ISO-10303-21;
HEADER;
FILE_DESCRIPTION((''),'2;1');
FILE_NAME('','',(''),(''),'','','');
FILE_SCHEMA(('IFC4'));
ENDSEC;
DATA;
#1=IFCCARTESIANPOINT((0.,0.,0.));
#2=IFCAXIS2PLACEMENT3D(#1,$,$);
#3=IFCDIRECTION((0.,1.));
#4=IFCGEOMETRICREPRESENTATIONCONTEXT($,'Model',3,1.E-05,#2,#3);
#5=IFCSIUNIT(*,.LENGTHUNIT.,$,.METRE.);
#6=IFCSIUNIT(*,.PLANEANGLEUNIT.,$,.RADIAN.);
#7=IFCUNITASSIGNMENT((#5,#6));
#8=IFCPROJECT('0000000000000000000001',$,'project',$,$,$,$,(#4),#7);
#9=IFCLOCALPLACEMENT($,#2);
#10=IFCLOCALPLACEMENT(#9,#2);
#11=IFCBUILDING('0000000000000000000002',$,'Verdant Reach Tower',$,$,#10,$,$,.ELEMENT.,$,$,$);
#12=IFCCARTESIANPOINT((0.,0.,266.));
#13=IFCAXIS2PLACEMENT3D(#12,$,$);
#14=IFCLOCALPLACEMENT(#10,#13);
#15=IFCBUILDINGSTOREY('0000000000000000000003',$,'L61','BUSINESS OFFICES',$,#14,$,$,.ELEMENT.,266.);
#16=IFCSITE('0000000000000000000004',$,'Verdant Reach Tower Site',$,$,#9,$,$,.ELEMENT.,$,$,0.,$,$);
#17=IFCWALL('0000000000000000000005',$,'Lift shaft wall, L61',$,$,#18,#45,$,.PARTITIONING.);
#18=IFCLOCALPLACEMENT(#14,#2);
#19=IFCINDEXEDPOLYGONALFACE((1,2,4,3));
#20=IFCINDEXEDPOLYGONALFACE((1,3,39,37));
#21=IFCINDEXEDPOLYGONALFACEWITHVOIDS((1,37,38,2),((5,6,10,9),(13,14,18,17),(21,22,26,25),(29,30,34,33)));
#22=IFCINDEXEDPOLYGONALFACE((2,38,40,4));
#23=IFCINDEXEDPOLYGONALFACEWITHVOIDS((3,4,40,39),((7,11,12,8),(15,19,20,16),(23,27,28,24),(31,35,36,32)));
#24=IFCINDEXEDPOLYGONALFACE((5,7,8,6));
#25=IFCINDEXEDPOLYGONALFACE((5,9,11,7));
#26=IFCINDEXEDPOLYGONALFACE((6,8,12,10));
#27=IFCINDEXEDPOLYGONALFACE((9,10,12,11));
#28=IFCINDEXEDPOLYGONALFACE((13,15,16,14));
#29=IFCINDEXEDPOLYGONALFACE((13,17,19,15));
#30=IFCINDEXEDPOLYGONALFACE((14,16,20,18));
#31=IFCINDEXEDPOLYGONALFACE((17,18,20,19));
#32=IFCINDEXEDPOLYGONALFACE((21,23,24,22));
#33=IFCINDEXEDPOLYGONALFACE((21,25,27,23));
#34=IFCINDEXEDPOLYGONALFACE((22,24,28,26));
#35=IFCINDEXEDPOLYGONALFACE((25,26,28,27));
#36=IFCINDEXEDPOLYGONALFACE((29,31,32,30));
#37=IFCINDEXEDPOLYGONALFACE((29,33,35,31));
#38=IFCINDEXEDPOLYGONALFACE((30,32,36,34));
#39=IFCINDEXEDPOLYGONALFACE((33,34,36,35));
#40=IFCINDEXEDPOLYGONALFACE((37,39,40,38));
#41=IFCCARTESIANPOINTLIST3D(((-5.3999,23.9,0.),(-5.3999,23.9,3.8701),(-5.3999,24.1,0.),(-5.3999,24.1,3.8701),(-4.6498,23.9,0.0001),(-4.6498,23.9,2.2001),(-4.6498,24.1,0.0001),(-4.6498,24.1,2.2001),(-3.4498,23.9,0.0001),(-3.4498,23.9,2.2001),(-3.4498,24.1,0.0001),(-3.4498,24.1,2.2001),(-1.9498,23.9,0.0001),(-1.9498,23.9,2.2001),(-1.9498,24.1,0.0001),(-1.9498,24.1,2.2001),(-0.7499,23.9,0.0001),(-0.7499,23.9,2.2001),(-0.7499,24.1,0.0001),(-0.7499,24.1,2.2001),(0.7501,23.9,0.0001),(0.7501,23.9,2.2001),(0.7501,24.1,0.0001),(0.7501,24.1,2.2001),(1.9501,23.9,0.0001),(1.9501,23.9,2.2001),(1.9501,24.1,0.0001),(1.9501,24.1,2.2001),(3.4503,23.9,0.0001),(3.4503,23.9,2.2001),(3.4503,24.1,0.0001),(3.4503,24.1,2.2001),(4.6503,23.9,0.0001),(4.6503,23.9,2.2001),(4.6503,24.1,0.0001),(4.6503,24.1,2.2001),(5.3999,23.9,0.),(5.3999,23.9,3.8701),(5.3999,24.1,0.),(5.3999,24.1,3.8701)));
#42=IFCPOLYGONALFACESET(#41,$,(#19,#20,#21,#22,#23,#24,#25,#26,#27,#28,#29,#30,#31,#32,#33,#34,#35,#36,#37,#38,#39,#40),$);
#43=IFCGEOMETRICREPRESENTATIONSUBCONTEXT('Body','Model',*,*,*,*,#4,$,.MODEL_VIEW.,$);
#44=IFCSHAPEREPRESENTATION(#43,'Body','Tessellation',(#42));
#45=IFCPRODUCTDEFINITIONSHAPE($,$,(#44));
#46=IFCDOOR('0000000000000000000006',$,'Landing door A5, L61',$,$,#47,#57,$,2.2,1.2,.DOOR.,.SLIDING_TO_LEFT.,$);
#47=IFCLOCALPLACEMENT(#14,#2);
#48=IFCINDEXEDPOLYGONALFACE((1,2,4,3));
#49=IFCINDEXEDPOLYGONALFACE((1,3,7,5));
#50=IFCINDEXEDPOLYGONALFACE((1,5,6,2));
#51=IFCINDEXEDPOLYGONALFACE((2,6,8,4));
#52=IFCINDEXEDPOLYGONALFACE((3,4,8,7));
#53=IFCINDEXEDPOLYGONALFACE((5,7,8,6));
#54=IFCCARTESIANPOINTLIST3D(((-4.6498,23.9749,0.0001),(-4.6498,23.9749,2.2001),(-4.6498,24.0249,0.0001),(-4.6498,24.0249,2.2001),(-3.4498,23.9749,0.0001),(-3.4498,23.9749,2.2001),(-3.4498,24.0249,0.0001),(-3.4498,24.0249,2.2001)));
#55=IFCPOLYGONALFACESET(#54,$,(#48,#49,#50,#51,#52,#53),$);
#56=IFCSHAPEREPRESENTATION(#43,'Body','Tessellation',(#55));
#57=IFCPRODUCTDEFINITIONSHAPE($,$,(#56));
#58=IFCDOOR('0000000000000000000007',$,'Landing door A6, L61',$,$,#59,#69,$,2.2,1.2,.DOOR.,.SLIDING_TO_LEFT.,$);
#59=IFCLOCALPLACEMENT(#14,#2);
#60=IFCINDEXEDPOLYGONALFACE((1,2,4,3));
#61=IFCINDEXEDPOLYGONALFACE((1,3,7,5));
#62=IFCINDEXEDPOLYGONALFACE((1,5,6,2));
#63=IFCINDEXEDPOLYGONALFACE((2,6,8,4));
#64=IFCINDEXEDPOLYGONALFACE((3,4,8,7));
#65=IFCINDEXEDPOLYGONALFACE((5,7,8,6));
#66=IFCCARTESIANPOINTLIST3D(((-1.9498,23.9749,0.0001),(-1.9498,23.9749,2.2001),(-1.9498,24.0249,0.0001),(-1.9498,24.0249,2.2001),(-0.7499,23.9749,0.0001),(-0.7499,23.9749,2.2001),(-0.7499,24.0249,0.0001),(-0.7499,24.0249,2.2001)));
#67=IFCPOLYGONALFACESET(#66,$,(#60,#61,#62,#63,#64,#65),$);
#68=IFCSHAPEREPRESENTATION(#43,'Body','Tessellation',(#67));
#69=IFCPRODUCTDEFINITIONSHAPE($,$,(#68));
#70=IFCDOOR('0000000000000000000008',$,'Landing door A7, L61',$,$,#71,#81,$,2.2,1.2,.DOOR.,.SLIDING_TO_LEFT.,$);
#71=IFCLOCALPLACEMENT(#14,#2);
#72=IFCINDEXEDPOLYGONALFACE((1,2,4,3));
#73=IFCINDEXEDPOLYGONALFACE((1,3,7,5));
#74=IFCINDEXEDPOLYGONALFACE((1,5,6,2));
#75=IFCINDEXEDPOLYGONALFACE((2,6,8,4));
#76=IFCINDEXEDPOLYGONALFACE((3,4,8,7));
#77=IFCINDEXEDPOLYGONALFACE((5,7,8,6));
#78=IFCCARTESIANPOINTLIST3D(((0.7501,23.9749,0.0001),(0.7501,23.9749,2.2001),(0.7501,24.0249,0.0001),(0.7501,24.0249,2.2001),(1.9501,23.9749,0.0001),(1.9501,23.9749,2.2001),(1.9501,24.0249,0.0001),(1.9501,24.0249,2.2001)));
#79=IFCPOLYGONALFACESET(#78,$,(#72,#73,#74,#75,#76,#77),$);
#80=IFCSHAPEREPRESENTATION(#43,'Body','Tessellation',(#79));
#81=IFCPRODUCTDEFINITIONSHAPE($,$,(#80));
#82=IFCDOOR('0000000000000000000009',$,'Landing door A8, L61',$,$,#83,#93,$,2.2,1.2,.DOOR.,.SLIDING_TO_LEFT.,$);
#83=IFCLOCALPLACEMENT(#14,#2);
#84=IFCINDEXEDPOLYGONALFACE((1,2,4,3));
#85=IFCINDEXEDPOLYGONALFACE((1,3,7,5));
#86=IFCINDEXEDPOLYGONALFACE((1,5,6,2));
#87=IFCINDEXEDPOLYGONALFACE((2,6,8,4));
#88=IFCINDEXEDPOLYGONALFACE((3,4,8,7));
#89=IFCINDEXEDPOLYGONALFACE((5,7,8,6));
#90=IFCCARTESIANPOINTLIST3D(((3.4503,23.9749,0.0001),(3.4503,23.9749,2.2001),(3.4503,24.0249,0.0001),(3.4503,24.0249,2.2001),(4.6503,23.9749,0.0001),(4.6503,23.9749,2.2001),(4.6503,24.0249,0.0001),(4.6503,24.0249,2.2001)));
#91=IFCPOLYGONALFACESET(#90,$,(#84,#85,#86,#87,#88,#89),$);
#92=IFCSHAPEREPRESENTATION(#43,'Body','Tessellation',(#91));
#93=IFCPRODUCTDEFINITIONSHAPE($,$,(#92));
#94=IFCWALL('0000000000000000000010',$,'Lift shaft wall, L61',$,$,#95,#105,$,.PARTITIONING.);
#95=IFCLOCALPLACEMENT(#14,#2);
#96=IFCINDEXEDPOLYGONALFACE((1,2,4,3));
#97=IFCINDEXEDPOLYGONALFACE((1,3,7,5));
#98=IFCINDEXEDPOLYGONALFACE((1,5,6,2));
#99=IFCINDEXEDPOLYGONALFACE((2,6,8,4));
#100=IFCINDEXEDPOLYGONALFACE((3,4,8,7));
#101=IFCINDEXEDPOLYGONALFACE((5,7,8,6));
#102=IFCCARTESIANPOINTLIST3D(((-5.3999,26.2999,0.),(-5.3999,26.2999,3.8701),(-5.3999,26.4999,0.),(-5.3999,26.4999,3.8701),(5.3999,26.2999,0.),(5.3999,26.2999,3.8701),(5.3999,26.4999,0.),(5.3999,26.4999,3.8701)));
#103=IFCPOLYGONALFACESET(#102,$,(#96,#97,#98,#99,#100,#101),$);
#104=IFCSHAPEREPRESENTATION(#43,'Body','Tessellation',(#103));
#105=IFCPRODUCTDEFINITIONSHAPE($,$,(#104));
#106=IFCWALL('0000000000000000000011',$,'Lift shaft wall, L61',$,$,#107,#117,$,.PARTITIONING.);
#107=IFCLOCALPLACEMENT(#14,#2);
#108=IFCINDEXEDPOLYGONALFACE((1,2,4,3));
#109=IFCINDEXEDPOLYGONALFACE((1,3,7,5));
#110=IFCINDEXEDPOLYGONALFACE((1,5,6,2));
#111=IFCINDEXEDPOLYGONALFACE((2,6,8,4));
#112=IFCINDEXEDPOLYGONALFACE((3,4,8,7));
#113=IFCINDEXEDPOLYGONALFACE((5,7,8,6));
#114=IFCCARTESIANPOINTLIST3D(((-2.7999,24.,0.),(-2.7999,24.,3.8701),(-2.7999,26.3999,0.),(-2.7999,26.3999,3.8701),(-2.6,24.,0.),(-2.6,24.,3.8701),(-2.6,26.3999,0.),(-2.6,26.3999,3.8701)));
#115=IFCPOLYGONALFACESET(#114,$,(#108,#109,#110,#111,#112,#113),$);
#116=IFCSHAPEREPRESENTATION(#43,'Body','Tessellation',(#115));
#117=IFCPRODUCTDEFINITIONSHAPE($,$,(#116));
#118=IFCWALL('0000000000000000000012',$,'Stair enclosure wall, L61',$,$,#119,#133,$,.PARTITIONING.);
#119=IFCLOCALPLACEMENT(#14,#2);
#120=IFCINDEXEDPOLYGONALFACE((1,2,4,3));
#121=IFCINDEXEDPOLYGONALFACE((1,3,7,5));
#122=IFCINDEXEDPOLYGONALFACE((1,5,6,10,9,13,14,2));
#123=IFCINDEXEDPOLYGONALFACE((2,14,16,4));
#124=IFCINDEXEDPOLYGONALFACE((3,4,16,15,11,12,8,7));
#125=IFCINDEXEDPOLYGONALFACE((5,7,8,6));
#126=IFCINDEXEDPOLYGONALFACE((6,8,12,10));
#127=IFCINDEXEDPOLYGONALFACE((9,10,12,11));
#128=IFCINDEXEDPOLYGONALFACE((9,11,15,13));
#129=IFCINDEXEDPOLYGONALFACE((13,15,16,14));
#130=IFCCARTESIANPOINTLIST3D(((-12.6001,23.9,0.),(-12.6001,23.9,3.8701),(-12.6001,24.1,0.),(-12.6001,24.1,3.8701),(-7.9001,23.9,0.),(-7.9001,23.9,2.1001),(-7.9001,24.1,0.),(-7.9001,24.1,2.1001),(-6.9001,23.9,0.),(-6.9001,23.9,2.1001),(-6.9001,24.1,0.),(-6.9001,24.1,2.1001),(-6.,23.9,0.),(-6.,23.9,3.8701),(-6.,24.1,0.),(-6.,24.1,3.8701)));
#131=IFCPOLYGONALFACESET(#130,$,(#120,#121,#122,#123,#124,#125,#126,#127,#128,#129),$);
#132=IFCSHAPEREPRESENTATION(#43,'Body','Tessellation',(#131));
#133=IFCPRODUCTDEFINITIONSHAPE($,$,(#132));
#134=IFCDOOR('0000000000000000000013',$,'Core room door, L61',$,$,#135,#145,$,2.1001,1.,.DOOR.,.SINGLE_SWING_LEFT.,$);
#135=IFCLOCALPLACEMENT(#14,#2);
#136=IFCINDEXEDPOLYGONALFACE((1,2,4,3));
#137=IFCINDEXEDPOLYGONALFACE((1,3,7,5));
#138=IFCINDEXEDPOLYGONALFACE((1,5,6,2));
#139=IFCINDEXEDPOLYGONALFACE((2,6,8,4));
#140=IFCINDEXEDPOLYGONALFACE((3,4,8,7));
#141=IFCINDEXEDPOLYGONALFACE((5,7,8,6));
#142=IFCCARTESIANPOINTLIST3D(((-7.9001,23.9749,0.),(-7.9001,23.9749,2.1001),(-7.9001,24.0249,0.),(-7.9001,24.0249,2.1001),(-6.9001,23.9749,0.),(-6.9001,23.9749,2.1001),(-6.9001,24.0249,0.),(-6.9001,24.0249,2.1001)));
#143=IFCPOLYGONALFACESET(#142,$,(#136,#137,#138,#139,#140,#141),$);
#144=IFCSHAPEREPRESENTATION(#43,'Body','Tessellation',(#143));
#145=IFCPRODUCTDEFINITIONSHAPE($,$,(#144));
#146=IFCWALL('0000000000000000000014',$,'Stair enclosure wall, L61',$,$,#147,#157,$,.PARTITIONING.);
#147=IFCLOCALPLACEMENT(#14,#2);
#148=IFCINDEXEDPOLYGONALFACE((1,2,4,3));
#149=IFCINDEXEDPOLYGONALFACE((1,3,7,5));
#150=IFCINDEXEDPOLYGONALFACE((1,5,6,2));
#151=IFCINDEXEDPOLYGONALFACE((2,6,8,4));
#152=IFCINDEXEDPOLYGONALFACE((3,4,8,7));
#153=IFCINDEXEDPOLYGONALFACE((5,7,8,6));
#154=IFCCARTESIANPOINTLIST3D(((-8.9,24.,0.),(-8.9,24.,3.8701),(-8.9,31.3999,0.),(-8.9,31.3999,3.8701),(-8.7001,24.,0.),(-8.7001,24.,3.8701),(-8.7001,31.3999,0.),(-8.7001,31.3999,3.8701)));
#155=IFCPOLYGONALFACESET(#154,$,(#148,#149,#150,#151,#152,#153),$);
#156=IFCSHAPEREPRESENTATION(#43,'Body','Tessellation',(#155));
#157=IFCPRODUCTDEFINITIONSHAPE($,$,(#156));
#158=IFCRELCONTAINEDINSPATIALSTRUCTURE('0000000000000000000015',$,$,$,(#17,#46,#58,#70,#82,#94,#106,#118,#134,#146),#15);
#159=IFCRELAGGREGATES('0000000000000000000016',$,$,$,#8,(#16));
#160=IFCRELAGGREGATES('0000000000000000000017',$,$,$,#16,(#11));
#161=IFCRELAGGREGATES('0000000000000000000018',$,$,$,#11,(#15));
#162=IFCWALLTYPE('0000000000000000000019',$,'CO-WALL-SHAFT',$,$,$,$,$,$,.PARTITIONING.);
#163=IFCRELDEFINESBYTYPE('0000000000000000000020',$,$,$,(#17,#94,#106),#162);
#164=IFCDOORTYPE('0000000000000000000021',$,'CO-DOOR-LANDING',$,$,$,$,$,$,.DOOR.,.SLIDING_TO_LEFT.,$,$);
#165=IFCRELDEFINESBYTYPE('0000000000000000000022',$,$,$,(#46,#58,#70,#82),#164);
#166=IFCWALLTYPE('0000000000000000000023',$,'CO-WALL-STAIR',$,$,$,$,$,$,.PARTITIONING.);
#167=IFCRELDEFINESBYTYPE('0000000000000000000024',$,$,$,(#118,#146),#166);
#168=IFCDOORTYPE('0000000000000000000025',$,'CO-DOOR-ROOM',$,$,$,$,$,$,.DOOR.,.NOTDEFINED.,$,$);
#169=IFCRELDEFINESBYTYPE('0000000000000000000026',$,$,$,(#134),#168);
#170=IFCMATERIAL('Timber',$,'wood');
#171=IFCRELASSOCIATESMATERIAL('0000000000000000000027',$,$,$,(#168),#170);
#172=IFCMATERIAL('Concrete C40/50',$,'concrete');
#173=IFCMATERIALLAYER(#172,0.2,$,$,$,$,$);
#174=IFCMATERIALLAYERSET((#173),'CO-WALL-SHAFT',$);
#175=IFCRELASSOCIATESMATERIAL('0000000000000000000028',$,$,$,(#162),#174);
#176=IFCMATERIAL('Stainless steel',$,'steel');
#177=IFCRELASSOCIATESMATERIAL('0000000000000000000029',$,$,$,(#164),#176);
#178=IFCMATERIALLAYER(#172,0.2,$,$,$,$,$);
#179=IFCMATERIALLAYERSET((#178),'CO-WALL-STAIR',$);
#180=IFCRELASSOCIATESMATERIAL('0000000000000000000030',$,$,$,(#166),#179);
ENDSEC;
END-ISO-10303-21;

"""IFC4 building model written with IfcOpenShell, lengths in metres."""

from ifc_helpers import new_model, si_unit, direction, frame, frame_2d, origin, place, context, subcontext, project, spatial, rectangle, extrude, material, layer, layer_set, type_object, element, fill, save


model = new_model("IFC4")

# Units and contexts
model_context = context("Model", 3, precision=1e-05, world=origin(), true_north=direction((0.0, 1.0)))
body_context = subcontext(model_context, "Body", "Model", "MODEL_VIEW")
ifc_project = project(units=[si_unit("LENGTHUNIT", "METRE"), si_unit("PLANEANGLEUNIT", "RADIAN")], contexts=[model_context])

# Site, building, storey
site_placement = place(None, origin())
site = spatial("IfcSite", under=ifc_project, at=site_placement, Name="Verdant Reach Tower Site", CompositionType="ELEMENT", RefElevation=0.0)
building_placement = place(site_placement, origin())
building = spatial("IfcBuilding", under=site, at=building_placement, Name="Verdant Reach Tower", CompositionType="ELEMENT")
storey_placement = place(building_placement, frame((0.0, 0.0, 266.0)))
storey = spatial("IfcBuildingStorey", under=building, at=storey_placement, Name="L61", Description="BUSINESS OFFICES", CompositionType="ELEMENT", Elevation=266.0)

# Shared definitions
ifc_material_1 = material(Name="Timber", Category="wood")
door_type_1 = type_object("IfcDoorType", Name="CO-DOOR-ROOM", OperationType="NOTDEFINED", PredefinedType="DOOR", material=ifc_material_1)

# Wall, openings, doors
ifc_material_2 = material(Name="Concrete C40/50", Category="concrete")
ifc_layer_1 = layer(ifc_material_2, 0.2)
ifc_layer_set_1 = layer_set([ifc_layer_1], Name="CO-WALL-SHAFT")
wall_type_1 = type_object("IfcWallType", Name="CO-WALL-SHAFT", PredefinedType="PARTITIONING", material=ifc_layer_set_1)
ifc_material_3 = material(Name="Stainless steel", Category="steel")
door_type_2 = type_object("IfcDoorType", Name="CO-DOOR-LANDING", OperationType="SLIDING_TO_LEFT", PredefinedType="DOOR", material=ifc_material_3)
wall_1_placement = place(storey_placement, frame((-5.3999, 24.0, 0.0), z_axis=(0.0, 0.0, 1.0), x_axis=(1.0, 0.0, 0.0)))
wall_1 = element("IfcWall", 1, at=wall_1_placement, inside=storey, type_object=wall_type_1, Name="Lift shaft wall, L61", PredefinedType="PARTITIONING", context=body_context, shape_type="SweptSolid", body=[
    extrude(rectangle(XDim=10.7998, YDim=0.2, at=frame_2d((5.3999, 0.0))), origin(), (0.0, 0.0, 1.0), 3.8701),
])
opening_1_placement = place(wall_1_placement, frame((0.75, 0.0, 0.0)))
opening_1 = element("IfcOpeningElement", 2, at=opening_1_placement, cuts=wall_1, PredefinedType="OPENING", context=body_context, shape_type="SweptSolid", body=[
    extrude(rectangle(XDim=1.2, YDim=2.2, at=frame_2d((0.6001, 1.1001))), frame((0.0, 0.1099, 0.0), z_axis=(0.0, -1.0, 0.0), x_axis=(1.0, 0.0, 0.0)), (0.0, 0.0, 1.0), 0.22),
])
opening_2_placement = place(wall_1_placement, frame((3.45, 0.0, 0.0)))
opening_2 = element("IfcOpeningElement", 3, at=opening_2_placement, cuts=wall_1, PredefinedType="OPENING", context=body_context, shape_type="SweptSolid", body=[
    extrude(rectangle(XDim=1.2, YDim=2.2, at=frame_2d((0.6001, 1.1001))), frame((0.0, 0.1099, 0.0), z_axis=(0.0, -1.0, 0.0), x_axis=(1.0, 0.0, 0.0)), (0.0, 0.0, 1.0), 0.22),
])
opening_3_placement = place(wall_1_placement, frame((6.1499, 0.0, 0.0)))
opening_3 = element("IfcOpeningElement", 4, at=opening_3_placement, cuts=wall_1, PredefinedType="OPENING", context=body_context, shape_type="SweptSolid", body=[
    extrude(rectangle(XDim=1.2, YDim=2.2, at=frame_2d((0.6001, 1.1001))), frame((0.0, 0.1099, 0.0), z_axis=(0.0, -1.0, 0.0), x_axis=(1.0, 0.0, 0.0)), (0.0, 0.0, 1.0), 0.22),
])
opening_4_placement = place(wall_1_placement, frame((8.8501, 0.0, 0.0)))
opening_4 = element("IfcOpeningElement", 5, at=opening_4_placement, cuts=wall_1, PredefinedType="OPENING", context=body_context, shape_type="SweptSolid", body=[
    extrude(rectangle(XDim=1.2, YDim=2.2, at=frame_2d((0.6001, 1.1001))), frame((0.0, 0.1099, 0.0), z_axis=(0.0, -1.0, 0.0), x_axis=(1.0, 0.0, 0.0)), (0.0, 0.0, 1.0), 0.22),
])
door_1_placement = place(opening_1_placement, origin())
door_1 = element("IfcDoor", 6, at=door_1_placement, inside=storey, type_object=door_type_2, Name="Landing door A5, L61", OperationType="SLIDING_TO_LEFT", OverallHeight=2.2, OverallWidth=1.2, PredefinedType="DOOR", context=body_context, shape_type="SweptSolid", body=[
    extrude(rectangle(XDim=1.2, YDim=2.2, at=frame_2d((0.6001, 1.1001))), frame((0.0, 0.0249, 0.0), z_axis=(0.0, -1.0, 0.0), x_axis=(1.0, 0.0, 0.0)), (0.0, 0.0, 1.0), 0.05),
])
fill(opening_1, door_1)
door_2_placement = place(opening_2_placement, origin())
door_2 = element("IfcDoor", 7, at=door_2_placement, inside=storey, type_object=door_type_2, Name="Landing door A6, L61", OperationType="SLIDING_TO_LEFT", OverallHeight=2.2, OverallWidth=1.2, PredefinedType="DOOR", context=body_context, shape_type="SweptSolid", body=[
    extrude(rectangle(XDim=1.2, YDim=2.2, at=frame_2d((0.6001, 1.1001))), frame((0.0, 0.0249, 0.0), z_axis=(0.0, -1.0, 0.0), x_axis=(1.0, 0.0, 0.0)), (0.0, 0.0, 1.0), 0.05),
])
fill(opening_2, door_2)
door_3_placement = place(opening_3_placement, origin())
door_3 = element("IfcDoor", 8, at=door_3_placement, inside=storey, type_object=door_type_2, Name="Landing door A7, L61", OperationType="SLIDING_TO_LEFT", OverallHeight=2.2, OverallWidth=1.2, PredefinedType="DOOR", context=body_context, shape_type="SweptSolid", body=[
    extrude(rectangle(XDim=1.2, YDim=2.2, at=frame_2d((0.6001, 1.1001))), frame((0.0, 0.0249, 0.0), z_axis=(0.0, -1.0, 0.0), x_axis=(1.0, 0.0, 0.0)), (0.0, 0.0, 1.0), 0.05),
])
fill(opening_3, door_3)
door_4_placement = place(opening_4_placement, origin())
door_4 = element("IfcDoor", 9, at=door_4_placement, inside=storey, type_object=door_type_2, Name="Landing door A8, L61", OperationType="SLIDING_TO_LEFT", OverallHeight=2.2, OverallWidth=1.2, PredefinedType="DOOR", context=body_context, shape_type="SweptSolid", body=[
    extrude(rectangle(XDim=1.2, YDim=2.2, at=frame_2d((0.6001, 1.1001))), frame((0.0, 0.0249, 0.0), z_axis=(0.0, -1.0, 0.0), x_axis=(1.0, 0.0, 0.0)), (0.0, 0.0, 1.0), 0.05),
])
fill(opening_4, door_4)

# Walls
wall_2_placement = place(storey_placement, frame((-5.3999, 26.3999, 0.0), z_axis=(0.0, 0.0, 1.0), x_axis=(1.0, 0.0, 0.0)))
element("IfcWall", 10, at=wall_2_placement, inside=storey, type_object=wall_type_1, Name="Lift shaft wall, L61", PredefinedType="PARTITIONING", context=body_context, shape_type="SweptSolid", body=[
    extrude(rectangle(XDim=10.7998, YDim=0.2, at=frame_2d((5.3999, 0.0))), origin(), (0.0, 0.0, 1.0), 3.8701),
])
wall_3_placement = place(storey_placement, frame((-2.7, 24.0, 0.0), z_axis=(0.0, 0.0, 1.0), x_axis=(0.0, 1.0, 0.0)))
element("IfcWall", 11, at=wall_3_placement, inside=storey, type_object=wall_type_1, Name="Lift shaft wall, L61", PredefinedType="PARTITIONING", context=body_context, shape_type="SweptSolid", body=[
    extrude(rectangle(XDim=2.3999, YDim=0.2, at=frame_2d((1.2, 0.0))), origin(), (0.0, 0.0, 1.0), 3.8701),
])

# Wall, opening, door
ifc_layer_2 = layer(ifc_material_2, 0.2)
ifc_layer_set_2 = layer_set([ifc_layer_2], Name="CO-WALL-STAIR")
wall_type_2 = type_object("IfcWallType", Name="CO-WALL-STAIR", PredefinedType="PARTITIONING", material=ifc_layer_set_2)
wall_4_placement = place(storey_placement, frame((-12.6001, 24.0, 0.0), z_axis=(0.0, 0.0, 1.0), x_axis=(1.0, 0.0, 0.0)))
wall_4 = element("IfcWall", 12, at=wall_4_placement, inside=storey, type_object=wall_type_2, Name="Stair enclosure wall, L61", PredefinedType="PARTITIONING", context=body_context, shape_type="SweptSolid", body=[
    extrude(rectangle(XDim=6.6001, YDim=0.2, at=frame_2d((3.3, 0.0))), origin(), (0.0, 0.0, 1.0), 3.8701),
])
opening_5_placement = place(wall_4_placement, frame((4.7, 0.0, 0.0)))
opening_5 = element("IfcOpeningElement", 13, at=opening_5_placement, cuts=wall_4, PredefinedType="OPENING", context=body_context, shape_type="SweptSolid", body=[
    extrude(rectangle(XDim=1.0, YDim=2.1001, at=frame_2d((0.5, 1.05))), frame((0.0, 0.1099, 0.0), z_axis=(0.0, -1.0, 0.0), x_axis=(1.0, 0.0, 0.0)), (0.0, 0.0, 1.0), 0.22),
])
door_5_placement = place(opening_5_placement, origin())
door_5 = element("IfcDoor", 14, at=door_5_placement, inside=storey, type_object=door_type_1, Name="Core room door, L61", OperationType="SINGLE_SWING_LEFT", OverallHeight=2.1001, OverallWidth=1.0, PredefinedType="DOOR", context=body_context, shape_type="SweptSolid", body=[
    extrude(rectangle(XDim=1.0, YDim=2.1001, at=frame_2d((0.5, 1.05))), frame((0.0, 0.0249, 0.0), z_axis=(0.0, -1.0, 0.0), x_axis=(1.0, 0.0, 0.0)), (0.0, 0.0, 1.0), 0.05),
])
fill(opening_5, door_5)

# Wall
wall_5_placement = place(storey_placement, frame((-8.8, 24.0, 0.0), z_axis=(0.0, 0.0, 1.0), x_axis=(0.0, 1.0, 0.0)))
element("IfcWall", 15, at=wall_5_placement, inside=storey, type_object=wall_type_2, Name="Stair enclosure wall, L61", PredefinedType="PARTITIONING", context=body_context, shape_type="SweptSolid", body=[
    extrude(rectangle(XDim=7.3999, YDim=0.2, at=frame_2d((3.7, 0.0))), origin(), (0.0, 0.0, 1.0), 3.8701),
])

save(model, "model.ifc")
